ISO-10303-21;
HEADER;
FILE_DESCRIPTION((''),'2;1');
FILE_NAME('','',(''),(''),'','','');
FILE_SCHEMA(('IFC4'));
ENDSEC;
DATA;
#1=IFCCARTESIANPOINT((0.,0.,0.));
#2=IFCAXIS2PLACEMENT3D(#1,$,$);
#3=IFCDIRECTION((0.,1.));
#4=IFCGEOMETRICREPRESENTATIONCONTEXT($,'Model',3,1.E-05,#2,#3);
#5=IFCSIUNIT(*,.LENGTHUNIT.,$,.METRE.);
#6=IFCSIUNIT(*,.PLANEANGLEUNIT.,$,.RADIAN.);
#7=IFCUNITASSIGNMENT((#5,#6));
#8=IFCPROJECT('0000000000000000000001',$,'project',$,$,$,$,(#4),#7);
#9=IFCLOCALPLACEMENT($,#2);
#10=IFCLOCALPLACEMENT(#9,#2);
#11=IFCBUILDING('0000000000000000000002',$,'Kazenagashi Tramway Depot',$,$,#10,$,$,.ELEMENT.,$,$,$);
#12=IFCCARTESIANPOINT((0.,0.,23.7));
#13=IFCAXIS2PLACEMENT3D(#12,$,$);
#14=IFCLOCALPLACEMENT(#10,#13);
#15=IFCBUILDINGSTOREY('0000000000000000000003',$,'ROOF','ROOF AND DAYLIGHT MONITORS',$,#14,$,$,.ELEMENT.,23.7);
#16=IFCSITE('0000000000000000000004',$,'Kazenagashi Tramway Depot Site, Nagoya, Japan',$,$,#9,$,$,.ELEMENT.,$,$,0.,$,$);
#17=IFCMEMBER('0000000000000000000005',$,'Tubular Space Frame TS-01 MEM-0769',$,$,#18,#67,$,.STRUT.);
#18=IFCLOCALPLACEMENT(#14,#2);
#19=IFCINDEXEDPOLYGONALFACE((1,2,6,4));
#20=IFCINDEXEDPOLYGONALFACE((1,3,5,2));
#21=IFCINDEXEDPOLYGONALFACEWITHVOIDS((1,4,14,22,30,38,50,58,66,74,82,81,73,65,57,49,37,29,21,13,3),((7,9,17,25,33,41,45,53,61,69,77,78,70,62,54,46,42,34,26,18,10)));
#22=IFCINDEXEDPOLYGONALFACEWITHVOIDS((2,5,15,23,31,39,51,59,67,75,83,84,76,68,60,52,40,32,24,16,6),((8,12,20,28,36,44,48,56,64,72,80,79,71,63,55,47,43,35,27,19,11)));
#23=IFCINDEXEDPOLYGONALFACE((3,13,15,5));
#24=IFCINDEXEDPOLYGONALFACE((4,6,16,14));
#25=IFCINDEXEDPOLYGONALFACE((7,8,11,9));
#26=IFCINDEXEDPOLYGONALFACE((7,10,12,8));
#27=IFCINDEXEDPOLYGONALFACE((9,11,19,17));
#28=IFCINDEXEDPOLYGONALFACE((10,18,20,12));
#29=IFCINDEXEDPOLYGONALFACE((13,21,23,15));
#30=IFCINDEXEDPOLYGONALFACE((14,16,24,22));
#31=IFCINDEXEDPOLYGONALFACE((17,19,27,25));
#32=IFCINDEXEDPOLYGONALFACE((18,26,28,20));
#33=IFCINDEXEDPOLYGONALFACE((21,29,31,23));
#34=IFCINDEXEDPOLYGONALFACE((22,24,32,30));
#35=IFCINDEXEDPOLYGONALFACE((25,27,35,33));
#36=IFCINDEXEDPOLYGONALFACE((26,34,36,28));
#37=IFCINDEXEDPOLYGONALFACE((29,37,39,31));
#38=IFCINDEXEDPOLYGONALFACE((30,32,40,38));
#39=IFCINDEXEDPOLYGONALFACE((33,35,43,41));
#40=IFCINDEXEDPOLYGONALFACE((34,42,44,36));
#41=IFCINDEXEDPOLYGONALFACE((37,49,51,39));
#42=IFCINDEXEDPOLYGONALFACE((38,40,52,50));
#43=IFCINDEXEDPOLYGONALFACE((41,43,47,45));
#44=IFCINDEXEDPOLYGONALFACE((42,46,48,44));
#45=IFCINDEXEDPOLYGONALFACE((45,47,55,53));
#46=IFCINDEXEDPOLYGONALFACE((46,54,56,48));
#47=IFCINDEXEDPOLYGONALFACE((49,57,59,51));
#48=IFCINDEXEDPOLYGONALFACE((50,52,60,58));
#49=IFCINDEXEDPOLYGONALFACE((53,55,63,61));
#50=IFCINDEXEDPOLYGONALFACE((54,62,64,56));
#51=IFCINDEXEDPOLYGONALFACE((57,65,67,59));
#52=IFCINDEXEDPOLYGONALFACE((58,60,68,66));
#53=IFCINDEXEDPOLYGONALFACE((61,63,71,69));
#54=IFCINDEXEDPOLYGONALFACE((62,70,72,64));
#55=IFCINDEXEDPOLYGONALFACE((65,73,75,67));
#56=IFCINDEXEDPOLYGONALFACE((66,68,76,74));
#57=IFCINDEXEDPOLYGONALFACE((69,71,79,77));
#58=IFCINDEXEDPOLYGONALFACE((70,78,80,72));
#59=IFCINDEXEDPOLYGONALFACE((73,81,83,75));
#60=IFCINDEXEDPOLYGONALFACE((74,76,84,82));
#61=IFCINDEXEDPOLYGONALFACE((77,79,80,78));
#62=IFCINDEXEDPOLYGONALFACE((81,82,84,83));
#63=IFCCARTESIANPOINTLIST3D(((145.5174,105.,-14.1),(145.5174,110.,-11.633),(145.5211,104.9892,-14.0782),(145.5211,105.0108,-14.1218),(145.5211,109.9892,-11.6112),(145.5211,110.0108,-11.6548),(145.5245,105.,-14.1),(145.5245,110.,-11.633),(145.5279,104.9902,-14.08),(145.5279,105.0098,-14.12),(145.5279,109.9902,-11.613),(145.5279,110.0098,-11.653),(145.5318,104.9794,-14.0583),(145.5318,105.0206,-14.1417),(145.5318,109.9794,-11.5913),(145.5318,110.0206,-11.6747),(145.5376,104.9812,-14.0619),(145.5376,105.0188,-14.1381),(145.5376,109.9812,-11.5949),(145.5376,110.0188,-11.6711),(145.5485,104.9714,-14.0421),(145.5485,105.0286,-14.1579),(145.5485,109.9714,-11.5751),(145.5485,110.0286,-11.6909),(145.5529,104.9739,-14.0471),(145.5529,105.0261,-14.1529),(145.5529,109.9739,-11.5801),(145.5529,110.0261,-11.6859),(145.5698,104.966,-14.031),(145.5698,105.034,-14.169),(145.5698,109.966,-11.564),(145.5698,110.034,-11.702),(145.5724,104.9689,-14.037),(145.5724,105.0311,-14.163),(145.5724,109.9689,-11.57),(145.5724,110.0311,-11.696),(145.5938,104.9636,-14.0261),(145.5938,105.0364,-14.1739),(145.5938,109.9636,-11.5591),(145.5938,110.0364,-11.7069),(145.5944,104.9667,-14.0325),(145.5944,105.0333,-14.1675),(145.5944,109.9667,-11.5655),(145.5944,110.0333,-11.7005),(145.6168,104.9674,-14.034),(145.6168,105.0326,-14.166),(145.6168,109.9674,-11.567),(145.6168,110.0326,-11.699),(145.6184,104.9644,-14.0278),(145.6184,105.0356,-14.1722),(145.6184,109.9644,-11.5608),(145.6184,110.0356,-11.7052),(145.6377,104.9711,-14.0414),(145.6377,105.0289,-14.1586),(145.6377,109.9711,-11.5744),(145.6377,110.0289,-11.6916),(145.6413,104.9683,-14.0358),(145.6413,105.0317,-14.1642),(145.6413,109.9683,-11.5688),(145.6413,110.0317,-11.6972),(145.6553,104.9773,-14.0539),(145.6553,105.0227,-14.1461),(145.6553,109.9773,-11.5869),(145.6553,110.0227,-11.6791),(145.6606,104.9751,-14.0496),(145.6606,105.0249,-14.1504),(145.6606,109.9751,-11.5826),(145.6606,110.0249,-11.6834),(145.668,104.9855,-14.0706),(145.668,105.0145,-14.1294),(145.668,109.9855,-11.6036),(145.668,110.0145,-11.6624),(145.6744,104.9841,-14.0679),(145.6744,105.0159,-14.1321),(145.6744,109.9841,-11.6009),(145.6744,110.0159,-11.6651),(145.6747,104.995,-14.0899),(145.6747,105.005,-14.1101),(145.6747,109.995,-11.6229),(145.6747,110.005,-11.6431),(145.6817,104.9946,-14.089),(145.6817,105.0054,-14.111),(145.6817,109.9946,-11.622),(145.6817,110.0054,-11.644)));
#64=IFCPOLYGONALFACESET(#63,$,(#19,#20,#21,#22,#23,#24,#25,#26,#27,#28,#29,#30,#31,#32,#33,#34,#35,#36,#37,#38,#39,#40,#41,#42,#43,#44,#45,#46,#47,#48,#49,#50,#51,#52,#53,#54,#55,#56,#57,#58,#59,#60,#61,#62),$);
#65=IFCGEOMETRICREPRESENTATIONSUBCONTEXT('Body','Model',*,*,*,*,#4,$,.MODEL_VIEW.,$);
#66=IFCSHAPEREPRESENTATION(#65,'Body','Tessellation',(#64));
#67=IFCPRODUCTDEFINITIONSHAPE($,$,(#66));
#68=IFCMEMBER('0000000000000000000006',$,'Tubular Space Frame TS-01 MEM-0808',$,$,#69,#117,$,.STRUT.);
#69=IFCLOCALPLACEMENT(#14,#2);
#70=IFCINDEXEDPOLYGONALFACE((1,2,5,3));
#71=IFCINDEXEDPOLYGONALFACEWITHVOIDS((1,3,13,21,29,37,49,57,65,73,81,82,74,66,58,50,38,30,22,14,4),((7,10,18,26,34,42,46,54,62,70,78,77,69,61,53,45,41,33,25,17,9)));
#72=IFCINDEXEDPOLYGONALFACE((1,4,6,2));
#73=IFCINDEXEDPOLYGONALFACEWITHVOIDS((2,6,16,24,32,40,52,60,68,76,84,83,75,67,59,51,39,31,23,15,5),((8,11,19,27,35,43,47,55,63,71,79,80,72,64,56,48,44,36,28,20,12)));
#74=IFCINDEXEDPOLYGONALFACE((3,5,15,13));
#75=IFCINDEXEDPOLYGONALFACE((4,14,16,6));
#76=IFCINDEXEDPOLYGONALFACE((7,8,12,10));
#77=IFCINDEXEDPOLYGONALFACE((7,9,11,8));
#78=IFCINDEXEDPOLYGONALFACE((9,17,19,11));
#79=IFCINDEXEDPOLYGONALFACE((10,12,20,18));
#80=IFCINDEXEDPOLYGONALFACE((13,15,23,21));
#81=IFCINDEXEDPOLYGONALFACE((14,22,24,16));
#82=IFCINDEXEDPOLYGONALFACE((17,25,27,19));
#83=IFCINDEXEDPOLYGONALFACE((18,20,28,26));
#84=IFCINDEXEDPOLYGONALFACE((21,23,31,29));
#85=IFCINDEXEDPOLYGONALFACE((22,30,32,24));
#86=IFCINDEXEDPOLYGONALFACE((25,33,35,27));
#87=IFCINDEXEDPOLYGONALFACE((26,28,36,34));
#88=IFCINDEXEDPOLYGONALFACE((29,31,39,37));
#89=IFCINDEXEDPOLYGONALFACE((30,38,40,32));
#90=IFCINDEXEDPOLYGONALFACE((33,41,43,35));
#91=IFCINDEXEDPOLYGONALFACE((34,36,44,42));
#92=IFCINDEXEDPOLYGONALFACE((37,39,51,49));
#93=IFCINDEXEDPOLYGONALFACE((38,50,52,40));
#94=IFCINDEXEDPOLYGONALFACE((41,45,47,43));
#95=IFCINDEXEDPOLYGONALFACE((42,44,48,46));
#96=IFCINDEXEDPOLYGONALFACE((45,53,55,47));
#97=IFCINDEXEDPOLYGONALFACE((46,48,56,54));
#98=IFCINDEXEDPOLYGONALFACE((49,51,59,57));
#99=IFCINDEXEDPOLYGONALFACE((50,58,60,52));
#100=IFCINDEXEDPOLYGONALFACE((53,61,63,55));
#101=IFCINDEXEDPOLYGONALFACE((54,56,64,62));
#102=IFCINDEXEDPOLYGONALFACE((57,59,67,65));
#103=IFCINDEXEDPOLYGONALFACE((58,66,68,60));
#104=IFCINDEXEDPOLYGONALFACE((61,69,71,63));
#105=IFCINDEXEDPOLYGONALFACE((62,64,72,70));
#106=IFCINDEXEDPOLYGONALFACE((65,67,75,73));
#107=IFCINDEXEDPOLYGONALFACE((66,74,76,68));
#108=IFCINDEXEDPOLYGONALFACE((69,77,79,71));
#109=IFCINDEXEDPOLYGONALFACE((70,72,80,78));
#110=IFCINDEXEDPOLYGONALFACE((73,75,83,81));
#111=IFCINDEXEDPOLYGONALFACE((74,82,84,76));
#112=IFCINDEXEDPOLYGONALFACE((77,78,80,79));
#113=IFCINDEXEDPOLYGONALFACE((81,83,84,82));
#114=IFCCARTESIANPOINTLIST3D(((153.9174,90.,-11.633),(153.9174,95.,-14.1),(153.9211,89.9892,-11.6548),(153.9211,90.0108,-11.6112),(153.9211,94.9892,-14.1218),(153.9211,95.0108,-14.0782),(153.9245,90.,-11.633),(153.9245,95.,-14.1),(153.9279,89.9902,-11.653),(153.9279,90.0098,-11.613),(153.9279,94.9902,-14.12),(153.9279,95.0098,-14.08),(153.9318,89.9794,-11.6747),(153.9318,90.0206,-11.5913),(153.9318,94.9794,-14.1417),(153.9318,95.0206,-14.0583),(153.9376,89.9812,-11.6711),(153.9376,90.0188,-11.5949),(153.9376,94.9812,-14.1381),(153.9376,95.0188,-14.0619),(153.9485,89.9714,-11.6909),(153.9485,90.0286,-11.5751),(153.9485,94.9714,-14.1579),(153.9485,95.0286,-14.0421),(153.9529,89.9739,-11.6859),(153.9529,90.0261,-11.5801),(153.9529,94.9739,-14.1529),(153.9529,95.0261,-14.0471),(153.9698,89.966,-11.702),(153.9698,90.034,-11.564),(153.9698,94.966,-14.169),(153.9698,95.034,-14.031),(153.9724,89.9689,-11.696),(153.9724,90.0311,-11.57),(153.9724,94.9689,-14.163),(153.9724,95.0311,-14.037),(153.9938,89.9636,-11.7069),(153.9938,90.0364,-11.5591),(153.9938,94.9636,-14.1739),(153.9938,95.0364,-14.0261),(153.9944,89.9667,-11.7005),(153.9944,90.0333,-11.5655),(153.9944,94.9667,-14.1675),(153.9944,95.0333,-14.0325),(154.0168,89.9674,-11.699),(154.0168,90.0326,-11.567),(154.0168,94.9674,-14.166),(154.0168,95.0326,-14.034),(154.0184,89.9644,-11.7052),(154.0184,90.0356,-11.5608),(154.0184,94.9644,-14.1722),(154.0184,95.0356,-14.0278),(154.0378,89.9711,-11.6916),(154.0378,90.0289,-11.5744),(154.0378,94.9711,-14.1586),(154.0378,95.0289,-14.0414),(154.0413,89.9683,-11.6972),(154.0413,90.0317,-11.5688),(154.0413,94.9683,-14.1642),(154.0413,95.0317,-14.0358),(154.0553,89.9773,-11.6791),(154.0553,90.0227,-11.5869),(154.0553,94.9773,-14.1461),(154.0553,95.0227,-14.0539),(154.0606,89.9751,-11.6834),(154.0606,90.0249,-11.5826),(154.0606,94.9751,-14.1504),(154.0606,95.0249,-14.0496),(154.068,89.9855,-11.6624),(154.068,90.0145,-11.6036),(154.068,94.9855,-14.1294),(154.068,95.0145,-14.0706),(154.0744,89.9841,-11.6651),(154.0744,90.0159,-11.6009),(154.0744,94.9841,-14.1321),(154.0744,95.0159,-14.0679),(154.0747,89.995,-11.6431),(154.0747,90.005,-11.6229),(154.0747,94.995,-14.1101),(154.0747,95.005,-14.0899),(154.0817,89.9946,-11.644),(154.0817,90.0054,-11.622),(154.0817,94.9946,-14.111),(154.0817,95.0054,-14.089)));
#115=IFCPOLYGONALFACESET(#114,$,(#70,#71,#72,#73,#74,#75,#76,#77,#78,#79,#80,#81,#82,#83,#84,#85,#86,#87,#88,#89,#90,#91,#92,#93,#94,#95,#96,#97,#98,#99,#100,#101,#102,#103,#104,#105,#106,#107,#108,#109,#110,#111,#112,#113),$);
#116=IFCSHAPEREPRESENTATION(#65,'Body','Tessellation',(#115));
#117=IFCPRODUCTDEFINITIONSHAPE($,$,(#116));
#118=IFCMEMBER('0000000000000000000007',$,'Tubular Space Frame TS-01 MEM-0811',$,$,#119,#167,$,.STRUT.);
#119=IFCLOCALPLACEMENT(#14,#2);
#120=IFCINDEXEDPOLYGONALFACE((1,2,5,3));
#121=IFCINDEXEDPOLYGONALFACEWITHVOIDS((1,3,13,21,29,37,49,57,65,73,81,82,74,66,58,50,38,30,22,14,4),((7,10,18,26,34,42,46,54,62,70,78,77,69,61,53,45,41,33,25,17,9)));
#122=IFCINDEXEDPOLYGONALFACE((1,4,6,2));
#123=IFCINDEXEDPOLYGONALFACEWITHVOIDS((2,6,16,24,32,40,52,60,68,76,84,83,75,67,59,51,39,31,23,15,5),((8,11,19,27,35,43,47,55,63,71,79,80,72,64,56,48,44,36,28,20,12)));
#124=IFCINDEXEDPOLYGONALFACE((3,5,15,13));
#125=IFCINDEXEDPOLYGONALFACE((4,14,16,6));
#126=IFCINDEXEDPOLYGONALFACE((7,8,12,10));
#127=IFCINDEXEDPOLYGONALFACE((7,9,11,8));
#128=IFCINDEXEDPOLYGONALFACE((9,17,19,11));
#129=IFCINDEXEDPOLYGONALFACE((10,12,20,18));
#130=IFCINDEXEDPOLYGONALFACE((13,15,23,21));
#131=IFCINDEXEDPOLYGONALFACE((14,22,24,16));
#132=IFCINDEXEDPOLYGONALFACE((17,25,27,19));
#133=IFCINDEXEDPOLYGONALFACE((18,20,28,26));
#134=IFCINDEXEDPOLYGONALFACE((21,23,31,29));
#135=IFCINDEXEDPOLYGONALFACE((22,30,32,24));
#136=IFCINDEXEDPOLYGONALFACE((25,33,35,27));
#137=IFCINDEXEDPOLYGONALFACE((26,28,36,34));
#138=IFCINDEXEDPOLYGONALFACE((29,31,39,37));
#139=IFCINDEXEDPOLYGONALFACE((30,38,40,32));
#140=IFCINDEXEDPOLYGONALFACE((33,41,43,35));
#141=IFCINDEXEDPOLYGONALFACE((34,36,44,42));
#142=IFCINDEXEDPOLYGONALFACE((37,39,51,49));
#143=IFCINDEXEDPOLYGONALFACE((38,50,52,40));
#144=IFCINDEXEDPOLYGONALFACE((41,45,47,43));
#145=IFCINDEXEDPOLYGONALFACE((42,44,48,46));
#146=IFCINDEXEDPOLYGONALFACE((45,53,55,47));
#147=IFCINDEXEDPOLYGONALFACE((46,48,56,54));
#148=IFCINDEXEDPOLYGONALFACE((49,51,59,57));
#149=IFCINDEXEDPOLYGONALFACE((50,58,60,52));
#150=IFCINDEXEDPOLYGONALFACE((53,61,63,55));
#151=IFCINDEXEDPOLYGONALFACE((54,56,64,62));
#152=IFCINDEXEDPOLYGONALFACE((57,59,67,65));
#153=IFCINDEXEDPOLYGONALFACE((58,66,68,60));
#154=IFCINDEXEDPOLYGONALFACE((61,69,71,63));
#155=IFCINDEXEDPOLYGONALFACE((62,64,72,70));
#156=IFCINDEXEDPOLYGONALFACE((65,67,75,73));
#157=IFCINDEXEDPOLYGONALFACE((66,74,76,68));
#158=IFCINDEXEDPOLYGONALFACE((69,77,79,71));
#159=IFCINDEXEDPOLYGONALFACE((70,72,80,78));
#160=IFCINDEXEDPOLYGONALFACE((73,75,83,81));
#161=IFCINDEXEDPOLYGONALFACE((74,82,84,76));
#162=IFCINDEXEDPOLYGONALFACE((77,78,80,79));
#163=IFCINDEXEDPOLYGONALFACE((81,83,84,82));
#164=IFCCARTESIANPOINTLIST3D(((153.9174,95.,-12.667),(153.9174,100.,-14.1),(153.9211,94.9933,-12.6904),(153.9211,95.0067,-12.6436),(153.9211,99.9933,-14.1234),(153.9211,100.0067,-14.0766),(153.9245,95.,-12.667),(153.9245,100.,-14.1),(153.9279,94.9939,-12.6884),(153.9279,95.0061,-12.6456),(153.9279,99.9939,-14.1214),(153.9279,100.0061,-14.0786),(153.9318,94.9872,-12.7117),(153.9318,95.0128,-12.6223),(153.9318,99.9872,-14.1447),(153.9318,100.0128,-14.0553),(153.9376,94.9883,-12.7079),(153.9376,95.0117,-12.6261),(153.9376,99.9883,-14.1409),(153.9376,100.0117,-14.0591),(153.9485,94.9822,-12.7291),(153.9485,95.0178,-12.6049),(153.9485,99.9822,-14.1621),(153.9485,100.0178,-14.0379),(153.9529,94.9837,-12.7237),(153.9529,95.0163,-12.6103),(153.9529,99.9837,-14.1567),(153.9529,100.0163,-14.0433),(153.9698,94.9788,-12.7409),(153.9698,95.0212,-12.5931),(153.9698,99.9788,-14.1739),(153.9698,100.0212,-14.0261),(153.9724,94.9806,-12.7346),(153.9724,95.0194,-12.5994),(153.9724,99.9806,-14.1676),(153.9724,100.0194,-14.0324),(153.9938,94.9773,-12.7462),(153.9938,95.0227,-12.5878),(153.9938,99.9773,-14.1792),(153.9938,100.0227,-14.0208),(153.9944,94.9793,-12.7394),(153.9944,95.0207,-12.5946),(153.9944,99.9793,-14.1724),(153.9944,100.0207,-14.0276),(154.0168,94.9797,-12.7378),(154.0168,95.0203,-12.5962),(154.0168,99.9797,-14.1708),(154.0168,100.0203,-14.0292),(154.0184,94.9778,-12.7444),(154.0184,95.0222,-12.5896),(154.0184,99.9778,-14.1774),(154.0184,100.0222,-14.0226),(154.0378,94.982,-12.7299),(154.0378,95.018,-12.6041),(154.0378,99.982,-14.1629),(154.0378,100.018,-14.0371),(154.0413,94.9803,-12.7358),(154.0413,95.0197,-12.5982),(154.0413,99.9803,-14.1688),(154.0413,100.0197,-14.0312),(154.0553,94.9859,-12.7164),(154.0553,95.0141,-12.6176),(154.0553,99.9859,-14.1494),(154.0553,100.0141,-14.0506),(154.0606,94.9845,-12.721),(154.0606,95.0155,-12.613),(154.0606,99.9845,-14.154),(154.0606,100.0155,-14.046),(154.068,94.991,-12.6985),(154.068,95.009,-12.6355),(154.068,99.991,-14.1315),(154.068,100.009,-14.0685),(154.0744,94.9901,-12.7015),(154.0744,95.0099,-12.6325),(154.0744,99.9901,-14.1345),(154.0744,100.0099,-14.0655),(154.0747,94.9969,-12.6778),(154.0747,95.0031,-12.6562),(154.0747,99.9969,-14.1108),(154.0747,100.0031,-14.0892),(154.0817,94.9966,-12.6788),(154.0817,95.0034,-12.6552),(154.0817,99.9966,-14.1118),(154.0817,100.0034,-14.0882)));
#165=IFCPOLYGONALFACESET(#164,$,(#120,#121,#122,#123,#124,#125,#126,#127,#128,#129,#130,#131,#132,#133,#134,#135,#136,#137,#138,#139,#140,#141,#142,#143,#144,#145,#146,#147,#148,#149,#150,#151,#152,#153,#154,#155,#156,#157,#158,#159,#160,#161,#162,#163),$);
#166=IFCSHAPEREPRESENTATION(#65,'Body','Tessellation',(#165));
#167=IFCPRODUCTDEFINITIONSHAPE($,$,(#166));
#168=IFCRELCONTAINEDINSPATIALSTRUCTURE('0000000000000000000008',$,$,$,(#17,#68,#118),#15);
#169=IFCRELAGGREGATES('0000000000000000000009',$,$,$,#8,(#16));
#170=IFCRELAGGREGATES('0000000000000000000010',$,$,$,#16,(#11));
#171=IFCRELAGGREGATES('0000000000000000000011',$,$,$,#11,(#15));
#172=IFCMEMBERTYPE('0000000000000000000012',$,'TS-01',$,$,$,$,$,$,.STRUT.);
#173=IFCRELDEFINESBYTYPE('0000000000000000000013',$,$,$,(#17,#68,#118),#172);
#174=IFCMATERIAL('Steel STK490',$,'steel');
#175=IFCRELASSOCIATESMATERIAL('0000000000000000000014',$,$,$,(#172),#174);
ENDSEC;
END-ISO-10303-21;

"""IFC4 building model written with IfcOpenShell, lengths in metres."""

from ifc_helpers import new_model, si_unit, direction, frame, origin, origin_2d, place, context, subcontext, project, spatial, hollow_circle, extrude, material, material_profile, profile_set, type_object, element, save


model = new_model("IFC4")

# Units and contexts
model_context = context("Model", 3, precision=1e-05, world=origin(), true_north=direction((0.0, 1.0)))
body_context = subcontext(model_context, "Body", "Model", "MODEL_VIEW")
ifc_project = project(units=[si_unit("LENGTHUNIT", "METRE"), si_unit("PLANEANGLEUNIT", "RADIAN")], contexts=[model_context])

# Site, building, storey
site_placement = place(None, origin())
site = spatial("IfcSite", under=ifc_project, at=site_placement, Name="Kazenagashi Tramway Depot Site, Nagoya, Japan", CompositionType="ELEMENT", RefElevation=0.0)
building_placement = place(site_placement, origin())
building = spatial("IfcBuilding", under=site, at=building_placement, Name="Kazenagashi Tramway Depot", CompositionType="ELEMENT")
storey_placement = place(building_placement, frame((0.0, 0.0, 23.7)))
storey = spatial("IfcBuildingStorey", under=building, at=storey_placement, Name="ROOF", Description="ROOF AND DAYLIGHT MONITORS", CompositionType="ELEMENT", Elevation=23.7)

# Members
ifc_material_1 = material(Name="Steel STK490", Category="steel")
ifc_material_profile_1 = material_profile(ifc_material_1, hollow_circle(Radius=0.0826, WallThickness=0.0071, at=origin_2d()), Name="CHS-165.2x7.1")
ifc_profile_set_1 = profile_set([ifc_material_profile_1], Name="Steel STK490")
member_type_1 = type_object("IfcMemberType", Name="TS-01", PredefinedType="STRUT", material=ifc_profile_set_1)
for number, where, z_axis, x_axis, name in (
    (1, (145.6, 105.0, -14.1), (0.0, 0.896782, 0.442472), (-1.0, 0.0, 0.0), "Tubular Space Frame TS-01 MEM-0769"),
    (2, (154.0, 90.0, -11.633), (0.0, 0.896782, -0.442472), (-1.0, 0.0, 0.0), "Tubular Space Frame TS-01 MEM-0808"),
):
    element("IfcMember", number, at=place(storey_placement, frame(where, z_axis=z_axis, x_axis=x_axis)), inside=storey, type_object=member_type_1, Name=name, PredefinedType="STRUT", context=body_context, shape_type="SweptSolid", body=[
        extrude(hollow_circle(Radius=0.0826, WallThickness=0.0071, at=origin_2d()), origin(), (0.0, 0.0, 1.0), 5.5755),
    ])
for number, where, z_axis, x_axis, name in (
    (3, (154.0, 95.0, -12.667), (0.0, 0.961299, -0.275508), (-1.0, 0.0, 0.0), "Tubular Space Frame TS-01 MEM-0811"),
):
    element("IfcMember", number, at=place(storey_placement, frame(where, z_axis=z_axis, x_axis=x_axis)), inside=storey, type_object=member_type_1, Name=name, PredefinedType="STRUT", context=body_context, shape_type="SweptSolid", body=[
        extrude(hollow_circle(Radius=0.0826, WallThickness=0.0071, at=origin_2d()), origin(), (0.0, 0.0, 1.0), 5.2013),
    ])

save(model, "model.ifc")
